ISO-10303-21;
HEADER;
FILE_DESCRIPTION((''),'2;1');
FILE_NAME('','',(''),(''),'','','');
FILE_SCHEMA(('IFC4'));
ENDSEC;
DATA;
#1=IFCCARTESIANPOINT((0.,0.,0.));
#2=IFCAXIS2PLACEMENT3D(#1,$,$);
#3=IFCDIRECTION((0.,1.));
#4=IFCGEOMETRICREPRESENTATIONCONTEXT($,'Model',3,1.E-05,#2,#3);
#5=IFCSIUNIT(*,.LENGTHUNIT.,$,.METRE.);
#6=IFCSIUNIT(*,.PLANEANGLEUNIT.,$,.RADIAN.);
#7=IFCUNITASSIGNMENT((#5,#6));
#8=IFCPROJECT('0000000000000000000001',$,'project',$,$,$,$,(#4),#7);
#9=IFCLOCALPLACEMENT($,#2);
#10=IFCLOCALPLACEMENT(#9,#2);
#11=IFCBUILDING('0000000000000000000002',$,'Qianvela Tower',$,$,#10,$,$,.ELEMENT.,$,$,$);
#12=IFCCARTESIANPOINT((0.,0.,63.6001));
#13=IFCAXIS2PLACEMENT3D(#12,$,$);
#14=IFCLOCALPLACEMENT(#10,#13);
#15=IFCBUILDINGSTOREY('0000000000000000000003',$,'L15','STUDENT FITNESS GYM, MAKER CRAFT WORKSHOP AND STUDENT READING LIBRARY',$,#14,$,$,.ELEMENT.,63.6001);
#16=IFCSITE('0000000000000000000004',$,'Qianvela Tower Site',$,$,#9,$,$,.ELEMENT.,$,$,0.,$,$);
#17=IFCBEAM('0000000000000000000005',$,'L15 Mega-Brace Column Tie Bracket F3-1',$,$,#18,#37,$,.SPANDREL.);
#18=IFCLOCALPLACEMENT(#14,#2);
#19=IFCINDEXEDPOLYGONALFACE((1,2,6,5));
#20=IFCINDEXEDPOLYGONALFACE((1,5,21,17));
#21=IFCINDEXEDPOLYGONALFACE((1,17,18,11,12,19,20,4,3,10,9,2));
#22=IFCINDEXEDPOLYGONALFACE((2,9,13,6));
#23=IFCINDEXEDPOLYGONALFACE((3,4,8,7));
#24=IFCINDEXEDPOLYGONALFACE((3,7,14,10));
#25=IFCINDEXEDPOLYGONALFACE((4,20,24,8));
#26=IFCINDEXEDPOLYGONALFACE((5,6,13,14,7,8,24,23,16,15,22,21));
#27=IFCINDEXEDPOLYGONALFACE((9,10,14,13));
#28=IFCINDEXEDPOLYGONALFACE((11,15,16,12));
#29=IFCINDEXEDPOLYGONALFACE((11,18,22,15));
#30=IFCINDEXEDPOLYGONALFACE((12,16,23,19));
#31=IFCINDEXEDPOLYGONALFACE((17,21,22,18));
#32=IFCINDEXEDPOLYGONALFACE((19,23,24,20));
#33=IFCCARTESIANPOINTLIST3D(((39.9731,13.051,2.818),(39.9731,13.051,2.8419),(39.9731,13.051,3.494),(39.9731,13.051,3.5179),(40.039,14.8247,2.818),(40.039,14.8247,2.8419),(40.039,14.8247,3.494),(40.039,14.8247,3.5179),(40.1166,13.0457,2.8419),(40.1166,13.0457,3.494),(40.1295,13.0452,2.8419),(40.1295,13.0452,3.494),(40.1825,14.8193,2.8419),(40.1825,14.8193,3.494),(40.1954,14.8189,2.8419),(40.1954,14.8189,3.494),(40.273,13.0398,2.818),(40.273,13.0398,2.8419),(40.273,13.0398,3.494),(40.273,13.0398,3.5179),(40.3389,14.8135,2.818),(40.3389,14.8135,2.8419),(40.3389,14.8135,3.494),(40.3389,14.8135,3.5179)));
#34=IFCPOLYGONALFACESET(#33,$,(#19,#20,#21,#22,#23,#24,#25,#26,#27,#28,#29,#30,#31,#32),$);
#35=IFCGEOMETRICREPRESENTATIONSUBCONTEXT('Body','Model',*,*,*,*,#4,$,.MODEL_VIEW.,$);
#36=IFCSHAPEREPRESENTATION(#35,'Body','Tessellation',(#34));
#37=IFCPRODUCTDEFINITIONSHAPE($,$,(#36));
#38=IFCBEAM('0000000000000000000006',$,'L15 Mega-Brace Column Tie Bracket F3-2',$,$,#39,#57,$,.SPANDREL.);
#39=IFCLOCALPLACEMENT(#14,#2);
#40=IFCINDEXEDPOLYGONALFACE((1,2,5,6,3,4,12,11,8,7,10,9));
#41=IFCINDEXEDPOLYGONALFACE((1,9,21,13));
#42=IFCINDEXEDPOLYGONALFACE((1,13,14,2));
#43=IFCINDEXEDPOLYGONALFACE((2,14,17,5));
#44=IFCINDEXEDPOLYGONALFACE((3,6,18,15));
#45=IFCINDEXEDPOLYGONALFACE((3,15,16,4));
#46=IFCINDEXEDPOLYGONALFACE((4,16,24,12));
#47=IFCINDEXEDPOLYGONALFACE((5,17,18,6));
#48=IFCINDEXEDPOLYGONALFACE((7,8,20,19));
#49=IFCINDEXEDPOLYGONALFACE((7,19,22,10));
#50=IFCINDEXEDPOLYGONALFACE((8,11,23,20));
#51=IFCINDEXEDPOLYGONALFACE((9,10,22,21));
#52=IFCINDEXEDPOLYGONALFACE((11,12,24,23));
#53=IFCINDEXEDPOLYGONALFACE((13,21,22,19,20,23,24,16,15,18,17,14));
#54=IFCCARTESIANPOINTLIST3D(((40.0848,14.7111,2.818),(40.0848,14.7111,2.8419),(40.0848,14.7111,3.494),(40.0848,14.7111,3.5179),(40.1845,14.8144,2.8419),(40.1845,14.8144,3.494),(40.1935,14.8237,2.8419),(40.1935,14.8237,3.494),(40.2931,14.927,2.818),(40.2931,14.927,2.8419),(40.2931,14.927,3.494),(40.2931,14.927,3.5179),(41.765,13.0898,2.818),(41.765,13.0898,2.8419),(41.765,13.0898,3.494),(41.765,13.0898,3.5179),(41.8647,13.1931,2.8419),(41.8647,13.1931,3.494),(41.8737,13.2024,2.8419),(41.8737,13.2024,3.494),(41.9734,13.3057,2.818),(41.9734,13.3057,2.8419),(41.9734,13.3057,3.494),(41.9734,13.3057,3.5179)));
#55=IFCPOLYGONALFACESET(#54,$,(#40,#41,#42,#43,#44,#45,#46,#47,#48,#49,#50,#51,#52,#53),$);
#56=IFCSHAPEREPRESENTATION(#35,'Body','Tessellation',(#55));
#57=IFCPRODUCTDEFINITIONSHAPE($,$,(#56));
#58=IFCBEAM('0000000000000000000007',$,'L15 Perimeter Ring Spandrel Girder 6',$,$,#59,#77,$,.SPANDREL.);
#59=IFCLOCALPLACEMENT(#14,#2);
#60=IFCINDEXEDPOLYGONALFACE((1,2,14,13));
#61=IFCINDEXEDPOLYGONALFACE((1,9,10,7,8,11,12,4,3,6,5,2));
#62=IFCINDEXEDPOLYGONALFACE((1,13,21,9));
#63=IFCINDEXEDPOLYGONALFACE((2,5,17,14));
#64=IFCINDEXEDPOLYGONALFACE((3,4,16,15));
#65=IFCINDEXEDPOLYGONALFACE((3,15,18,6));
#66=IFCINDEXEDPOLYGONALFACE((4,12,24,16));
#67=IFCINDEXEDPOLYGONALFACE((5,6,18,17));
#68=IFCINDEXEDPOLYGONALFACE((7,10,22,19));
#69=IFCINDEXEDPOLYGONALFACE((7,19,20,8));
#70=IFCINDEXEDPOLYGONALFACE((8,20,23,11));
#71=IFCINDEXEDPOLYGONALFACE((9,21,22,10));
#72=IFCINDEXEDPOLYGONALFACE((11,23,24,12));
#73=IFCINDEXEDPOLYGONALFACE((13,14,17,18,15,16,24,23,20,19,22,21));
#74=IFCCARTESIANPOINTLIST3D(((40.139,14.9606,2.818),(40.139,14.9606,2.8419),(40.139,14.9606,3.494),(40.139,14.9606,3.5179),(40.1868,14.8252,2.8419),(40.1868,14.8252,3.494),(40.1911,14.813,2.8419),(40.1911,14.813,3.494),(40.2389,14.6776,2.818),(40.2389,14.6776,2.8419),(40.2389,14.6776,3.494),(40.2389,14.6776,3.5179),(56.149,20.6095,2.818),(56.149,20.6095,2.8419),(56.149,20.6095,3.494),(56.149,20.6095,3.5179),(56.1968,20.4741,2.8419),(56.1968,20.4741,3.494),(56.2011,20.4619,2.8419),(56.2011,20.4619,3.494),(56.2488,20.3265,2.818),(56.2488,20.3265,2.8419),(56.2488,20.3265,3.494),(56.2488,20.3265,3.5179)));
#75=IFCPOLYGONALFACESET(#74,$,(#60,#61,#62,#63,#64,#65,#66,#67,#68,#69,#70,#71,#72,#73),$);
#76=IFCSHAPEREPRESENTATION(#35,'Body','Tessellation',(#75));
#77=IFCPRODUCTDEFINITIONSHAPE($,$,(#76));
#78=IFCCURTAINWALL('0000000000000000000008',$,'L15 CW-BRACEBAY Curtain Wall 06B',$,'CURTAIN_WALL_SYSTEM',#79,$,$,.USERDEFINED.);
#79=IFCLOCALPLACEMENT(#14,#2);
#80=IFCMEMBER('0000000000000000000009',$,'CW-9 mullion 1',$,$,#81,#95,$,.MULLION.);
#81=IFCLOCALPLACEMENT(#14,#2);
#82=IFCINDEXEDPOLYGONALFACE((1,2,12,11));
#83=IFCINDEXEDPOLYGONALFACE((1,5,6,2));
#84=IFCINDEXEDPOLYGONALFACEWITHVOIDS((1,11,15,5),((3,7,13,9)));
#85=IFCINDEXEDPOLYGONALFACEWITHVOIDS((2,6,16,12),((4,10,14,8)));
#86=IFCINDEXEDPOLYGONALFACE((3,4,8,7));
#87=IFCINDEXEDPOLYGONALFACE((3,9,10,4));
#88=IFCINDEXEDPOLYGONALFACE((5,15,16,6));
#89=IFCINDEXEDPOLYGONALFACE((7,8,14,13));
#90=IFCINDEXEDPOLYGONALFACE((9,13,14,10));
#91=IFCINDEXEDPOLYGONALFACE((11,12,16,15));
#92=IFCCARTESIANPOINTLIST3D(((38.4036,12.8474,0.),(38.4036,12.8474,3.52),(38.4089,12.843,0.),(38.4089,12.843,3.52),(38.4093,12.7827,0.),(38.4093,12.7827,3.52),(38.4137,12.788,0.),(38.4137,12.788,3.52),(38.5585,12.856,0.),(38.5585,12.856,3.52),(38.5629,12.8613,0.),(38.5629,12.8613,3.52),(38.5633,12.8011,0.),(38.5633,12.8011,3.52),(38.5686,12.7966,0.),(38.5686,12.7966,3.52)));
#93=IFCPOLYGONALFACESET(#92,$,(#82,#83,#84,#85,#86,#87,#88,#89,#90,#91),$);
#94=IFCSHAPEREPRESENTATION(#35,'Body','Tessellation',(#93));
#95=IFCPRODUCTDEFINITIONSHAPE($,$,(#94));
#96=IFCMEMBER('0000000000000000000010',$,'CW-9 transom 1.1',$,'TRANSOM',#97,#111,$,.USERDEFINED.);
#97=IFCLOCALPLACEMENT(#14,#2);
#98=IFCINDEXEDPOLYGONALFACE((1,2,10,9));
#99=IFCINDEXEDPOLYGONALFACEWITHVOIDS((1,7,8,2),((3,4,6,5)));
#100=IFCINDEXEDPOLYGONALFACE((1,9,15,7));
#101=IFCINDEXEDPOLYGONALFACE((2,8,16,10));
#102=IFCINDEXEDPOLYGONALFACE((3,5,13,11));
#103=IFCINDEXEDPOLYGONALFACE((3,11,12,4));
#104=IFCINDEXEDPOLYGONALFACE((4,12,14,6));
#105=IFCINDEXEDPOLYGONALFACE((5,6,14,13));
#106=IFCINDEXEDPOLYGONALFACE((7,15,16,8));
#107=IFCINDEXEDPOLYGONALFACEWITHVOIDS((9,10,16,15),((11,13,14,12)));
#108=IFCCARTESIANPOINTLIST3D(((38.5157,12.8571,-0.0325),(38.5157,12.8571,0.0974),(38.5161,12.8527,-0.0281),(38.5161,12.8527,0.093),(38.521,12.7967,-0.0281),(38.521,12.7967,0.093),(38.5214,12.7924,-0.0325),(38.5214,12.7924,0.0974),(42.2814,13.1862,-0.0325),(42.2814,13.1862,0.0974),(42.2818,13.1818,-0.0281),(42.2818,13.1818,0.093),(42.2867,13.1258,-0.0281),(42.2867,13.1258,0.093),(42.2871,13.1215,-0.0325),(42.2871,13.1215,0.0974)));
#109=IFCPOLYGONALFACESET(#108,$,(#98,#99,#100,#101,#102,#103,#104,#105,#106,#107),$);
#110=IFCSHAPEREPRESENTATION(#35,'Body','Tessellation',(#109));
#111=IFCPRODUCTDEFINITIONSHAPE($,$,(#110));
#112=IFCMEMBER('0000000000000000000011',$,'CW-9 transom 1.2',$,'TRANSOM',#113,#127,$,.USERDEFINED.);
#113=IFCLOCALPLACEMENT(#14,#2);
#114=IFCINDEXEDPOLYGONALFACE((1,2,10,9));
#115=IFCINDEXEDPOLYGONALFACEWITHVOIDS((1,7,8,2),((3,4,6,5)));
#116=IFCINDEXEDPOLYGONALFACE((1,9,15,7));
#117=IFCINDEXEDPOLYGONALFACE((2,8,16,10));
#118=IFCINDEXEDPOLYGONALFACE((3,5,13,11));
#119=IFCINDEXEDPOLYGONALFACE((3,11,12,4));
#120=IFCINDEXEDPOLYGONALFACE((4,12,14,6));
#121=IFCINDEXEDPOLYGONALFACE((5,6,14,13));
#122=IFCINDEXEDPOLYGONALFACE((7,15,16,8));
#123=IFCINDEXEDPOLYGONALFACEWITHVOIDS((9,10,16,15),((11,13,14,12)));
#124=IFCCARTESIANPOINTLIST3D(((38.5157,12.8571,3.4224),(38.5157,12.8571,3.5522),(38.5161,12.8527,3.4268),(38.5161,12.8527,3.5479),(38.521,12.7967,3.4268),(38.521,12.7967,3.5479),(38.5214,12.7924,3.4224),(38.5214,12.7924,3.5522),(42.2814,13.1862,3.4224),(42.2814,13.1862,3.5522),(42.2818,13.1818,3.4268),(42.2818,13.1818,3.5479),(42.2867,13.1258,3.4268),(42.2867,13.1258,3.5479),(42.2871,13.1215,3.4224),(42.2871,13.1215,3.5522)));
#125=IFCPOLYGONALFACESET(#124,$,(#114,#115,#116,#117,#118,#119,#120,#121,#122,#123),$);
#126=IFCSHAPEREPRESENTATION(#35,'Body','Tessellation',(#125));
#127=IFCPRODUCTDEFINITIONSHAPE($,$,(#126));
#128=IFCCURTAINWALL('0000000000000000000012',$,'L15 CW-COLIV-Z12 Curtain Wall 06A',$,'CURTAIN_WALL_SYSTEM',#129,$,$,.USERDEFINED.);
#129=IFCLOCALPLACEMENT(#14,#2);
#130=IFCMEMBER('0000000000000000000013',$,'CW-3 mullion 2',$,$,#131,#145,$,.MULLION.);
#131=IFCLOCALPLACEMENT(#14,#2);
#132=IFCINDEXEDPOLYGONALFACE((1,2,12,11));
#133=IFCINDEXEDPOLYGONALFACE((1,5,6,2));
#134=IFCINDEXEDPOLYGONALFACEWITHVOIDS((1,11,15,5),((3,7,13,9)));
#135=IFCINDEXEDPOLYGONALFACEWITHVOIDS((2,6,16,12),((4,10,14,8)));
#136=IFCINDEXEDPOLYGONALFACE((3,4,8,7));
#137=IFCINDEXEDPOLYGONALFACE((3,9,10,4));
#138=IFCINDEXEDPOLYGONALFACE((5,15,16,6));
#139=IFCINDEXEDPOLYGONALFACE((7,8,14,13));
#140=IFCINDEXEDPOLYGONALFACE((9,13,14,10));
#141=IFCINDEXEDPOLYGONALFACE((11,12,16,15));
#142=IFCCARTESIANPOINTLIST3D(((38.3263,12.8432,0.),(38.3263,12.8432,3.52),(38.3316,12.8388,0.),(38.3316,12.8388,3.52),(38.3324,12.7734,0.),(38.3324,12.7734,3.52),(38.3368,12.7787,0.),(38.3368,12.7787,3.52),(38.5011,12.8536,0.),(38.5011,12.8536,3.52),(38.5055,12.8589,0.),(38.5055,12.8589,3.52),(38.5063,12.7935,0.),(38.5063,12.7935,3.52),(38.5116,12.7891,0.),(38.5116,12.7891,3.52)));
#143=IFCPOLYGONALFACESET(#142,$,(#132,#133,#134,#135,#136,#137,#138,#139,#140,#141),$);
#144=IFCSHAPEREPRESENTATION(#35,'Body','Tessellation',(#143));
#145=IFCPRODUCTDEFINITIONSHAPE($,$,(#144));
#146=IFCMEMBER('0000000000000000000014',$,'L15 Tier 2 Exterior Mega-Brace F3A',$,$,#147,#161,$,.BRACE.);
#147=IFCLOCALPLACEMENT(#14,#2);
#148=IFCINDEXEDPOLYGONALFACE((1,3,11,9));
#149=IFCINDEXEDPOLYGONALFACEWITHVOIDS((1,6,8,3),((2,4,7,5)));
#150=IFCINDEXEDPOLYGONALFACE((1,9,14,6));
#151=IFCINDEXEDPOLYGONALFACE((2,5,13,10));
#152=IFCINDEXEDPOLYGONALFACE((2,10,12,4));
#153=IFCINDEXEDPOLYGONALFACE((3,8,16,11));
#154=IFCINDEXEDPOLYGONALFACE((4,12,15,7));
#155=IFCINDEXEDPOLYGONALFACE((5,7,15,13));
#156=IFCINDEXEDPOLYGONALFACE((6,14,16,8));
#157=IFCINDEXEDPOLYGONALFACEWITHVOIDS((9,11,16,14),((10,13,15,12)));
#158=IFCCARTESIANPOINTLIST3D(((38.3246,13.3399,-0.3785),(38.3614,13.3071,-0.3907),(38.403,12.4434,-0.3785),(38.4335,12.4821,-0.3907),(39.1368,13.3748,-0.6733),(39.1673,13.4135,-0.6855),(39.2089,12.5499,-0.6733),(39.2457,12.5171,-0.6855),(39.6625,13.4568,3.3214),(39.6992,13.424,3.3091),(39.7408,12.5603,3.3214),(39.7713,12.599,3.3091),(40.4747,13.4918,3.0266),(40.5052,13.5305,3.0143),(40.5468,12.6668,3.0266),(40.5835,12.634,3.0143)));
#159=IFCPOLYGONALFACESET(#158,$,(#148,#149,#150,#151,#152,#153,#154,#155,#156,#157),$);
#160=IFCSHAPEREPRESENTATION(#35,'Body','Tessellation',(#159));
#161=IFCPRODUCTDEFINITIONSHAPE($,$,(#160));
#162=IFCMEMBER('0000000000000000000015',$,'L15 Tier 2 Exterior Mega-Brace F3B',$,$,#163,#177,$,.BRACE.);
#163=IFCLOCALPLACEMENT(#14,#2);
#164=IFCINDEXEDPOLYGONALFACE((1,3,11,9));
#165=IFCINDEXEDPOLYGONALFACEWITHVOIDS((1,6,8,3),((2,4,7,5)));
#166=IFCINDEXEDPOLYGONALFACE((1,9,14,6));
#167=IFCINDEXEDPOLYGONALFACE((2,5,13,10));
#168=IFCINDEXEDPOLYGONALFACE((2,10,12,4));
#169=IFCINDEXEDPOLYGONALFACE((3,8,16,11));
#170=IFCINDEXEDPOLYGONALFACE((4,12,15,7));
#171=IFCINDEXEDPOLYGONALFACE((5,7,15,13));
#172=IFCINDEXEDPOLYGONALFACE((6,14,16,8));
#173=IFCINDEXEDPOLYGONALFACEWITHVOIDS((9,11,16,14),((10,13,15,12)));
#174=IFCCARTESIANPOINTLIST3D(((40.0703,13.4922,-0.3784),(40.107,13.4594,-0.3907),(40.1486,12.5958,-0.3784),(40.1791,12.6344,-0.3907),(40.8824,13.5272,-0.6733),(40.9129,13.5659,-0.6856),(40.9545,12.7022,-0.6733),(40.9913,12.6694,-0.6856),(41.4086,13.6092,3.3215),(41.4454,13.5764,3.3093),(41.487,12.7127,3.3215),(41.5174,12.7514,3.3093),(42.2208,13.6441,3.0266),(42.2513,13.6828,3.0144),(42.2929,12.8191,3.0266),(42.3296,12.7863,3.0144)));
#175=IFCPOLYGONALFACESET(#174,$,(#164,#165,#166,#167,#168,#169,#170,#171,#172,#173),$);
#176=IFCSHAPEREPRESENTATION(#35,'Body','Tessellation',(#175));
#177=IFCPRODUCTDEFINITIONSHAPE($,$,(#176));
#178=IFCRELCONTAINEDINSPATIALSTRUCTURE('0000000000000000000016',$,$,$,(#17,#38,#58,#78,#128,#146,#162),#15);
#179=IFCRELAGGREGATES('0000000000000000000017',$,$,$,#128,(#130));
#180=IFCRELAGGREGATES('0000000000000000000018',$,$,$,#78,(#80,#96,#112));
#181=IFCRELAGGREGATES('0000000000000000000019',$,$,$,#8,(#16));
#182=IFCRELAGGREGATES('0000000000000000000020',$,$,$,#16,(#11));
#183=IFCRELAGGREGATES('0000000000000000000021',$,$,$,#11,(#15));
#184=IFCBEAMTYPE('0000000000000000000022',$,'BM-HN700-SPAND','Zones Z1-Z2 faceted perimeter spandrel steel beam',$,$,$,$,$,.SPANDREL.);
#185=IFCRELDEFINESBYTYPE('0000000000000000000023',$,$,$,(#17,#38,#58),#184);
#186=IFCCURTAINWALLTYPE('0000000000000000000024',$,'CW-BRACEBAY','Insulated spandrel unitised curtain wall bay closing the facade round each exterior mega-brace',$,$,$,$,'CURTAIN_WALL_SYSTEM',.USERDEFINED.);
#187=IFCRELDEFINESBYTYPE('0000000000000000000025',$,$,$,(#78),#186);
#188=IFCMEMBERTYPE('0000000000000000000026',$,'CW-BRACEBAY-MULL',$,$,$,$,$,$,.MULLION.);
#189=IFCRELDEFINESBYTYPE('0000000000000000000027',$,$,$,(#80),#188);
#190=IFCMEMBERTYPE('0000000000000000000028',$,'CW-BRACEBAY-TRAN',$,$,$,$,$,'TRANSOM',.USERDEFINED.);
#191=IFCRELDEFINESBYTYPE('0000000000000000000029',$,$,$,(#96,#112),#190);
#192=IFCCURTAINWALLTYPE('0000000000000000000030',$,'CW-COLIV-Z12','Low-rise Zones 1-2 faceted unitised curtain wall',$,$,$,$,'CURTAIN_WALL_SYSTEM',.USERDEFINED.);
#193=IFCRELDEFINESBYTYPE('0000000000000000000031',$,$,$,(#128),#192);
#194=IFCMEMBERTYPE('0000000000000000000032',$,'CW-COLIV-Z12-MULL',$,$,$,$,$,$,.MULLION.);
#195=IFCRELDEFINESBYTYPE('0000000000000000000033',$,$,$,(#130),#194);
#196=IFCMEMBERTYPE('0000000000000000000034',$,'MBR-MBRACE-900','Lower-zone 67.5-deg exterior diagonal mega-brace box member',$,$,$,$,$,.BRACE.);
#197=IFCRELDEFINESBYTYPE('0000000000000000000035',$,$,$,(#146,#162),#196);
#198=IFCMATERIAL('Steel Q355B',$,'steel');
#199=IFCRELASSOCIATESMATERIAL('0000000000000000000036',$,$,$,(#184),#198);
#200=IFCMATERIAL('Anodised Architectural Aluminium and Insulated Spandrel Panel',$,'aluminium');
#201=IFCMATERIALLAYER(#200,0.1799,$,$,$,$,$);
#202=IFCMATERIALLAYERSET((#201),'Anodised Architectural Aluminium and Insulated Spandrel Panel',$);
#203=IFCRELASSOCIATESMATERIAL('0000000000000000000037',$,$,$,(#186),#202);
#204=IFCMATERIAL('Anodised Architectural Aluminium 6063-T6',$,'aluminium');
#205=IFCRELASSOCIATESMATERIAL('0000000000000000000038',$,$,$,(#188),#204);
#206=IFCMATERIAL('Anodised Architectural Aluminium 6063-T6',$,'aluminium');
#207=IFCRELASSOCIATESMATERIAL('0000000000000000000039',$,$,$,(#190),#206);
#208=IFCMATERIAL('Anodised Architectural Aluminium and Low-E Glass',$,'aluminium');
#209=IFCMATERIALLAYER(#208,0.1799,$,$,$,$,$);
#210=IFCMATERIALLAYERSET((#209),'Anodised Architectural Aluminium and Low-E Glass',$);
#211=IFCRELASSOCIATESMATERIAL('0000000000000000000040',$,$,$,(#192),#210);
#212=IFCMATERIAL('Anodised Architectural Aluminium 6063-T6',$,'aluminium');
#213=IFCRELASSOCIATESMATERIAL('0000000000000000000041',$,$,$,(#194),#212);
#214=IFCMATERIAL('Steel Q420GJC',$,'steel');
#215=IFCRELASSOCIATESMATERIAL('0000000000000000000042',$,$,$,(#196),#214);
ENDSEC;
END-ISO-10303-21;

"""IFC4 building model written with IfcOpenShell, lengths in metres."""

from ifc_helpers import new_model, si_unit, direction, frame, origin, origin_2d, place, context, subcontext, project, spatial, hollow_rectangle, i_section, extrude, material, layer, layer_set, material_profile, profile_set, type_object, element, aggregate, save


model = new_model("IFC4")

# Units and contexts
model_context = context("Model", 3, precision=1e-05, world=origin(), true_north=direction((0.0, 1.0)))
body_context = subcontext(model_context, "Body", "Model", "MODEL_VIEW")
ifc_project = project(units=[si_unit("LENGTHUNIT", "METRE"), si_unit("PLANEANGLEUNIT", "RADIAN")], contexts=[model_context])

# Site, building, storey
site_placement = place(None, origin())
site = spatial("IfcSite", under=ifc_project, at=site_placement, Name="Qianvela Tower Site", CompositionType="ELEMENT", RefElevation=0.0)
building_placement = place(site_placement, origin())
building = spatial("IfcBuilding", under=site, at=building_placement, Name="Qianvela Tower", CompositionType="ELEMENT")
storey_placement = place(building_placement, frame((0.0, 0.0, 63.6001)))
storey = spatial("IfcBuildingStorey", under=building, at=storey_placement, Name="L15", Description="STUDENT FITNESS GYM, MAKER CRAFT WORKSHOP AND STUDENT READING LIBRARY", CompositionType="ELEMENT", Elevation=63.6001)

# Beams
ifc_material_1 = material(Name="Steel Q355B", Category="steel")
ifc_material_profile_1 = material_profile(ifc_material_1, i_section(OverallWidth=0.3, OverallDepth=0.7, WebThickness=0.0129, FlangeThickness=0.0239, at=origin_2d()), Name="HN700x300x13x24")
ifc_profile_set_1 = profile_set([ifc_material_profile_1], Name="Steel Q355B")
beam_type_1 = type_object("IfcBeamType", Name="BM-HN700-SPAND", Description="Zones Z1-Z2 faceted perimeter spandrel steel beam", PredefinedType="SPANDREL", material=ifc_profile_set_1)
beam_1_placement = place(storey_placement, frame((40.189, 14.8191, 3.168), z_axis=(-0.037139, -0.99931, 0.0), x_axis=(0.99931, -0.037139, 0.0)))
element("IfcBeam", 1, at=beam_1_placement, inside=storey, type_object=beam_type_1, Name="L15 Mega-Brace Column Tie Bracket F3-1", PredefinedType="SPANDREL", context=body_context, shape_type="SweptSolid", body=[
    extrude(i_section(OverallWidth=0.3, OverallDepth=0.7, WebThickness=0.0129, FlangeThickness=0.0239, at=origin_2d()), origin(), (0.0, 0.0, 1.0), 1.7749),
])
beam_2_placement = place(storey_placement, frame((40.189, 14.8191, 3.168), z_axis=(0.719594, -0.694395, 0.0), x_axis=(0.694395, 0.719594, 0.0)))
element("IfcBeam", 2, at=beam_2_placement, inside=storey, type_object=beam_type_1, Name="L15 Mega-Brace Column Tie Bracket F3-2", PredefinedType="SPANDREL", context=body_context, shape_type="SweptSolid", body=[
    extrude(i_section(OverallWidth=0.3, OverallDepth=0.7, WebThickness=0.0129, FlangeThickness=0.0239, at=origin_2d()), origin(), (0.0, 0.0, 1.0), 2.335),
])
beam_3_placement = place(storey_placement, frame((40.189, 14.8191, 3.168), z_axis=(0.943021, 0.332733, 0.0), x_axis=(-0.332733, 0.943021, 0.0)))
element("IfcBeam", 3, at=beam_3_placement, inside=storey, type_object=beam_type_1, Name="L15 Perimeter Ring Spandrel Girder 6", PredefinedType="SPANDREL", context=body_context, shape_type="SweptSolid", body=[
    extrude(i_section(OverallWidth=0.3, OverallDepth=0.7, WebThickness=0.0129, FlangeThickness=0.0239, at=origin_2d()), origin(), (0.0, 0.0, 1.0), 16.9773),
])

# Curtain wall, members
ifc_material_2 = material(Name="Anodised Architectural Aluminium and Insulated Spandrel Panel", Category="aluminium")
ifc_layer_1 = layer(ifc_material_2, 0.1799)
ifc_layer_set_1 = layer_set([ifc_layer_1], Name="Anodised Architectural Aluminium and Insulated Spandrel Panel")
curtain_wall_type_1 = type_object("IfcCurtainWallType", Name="CW-BRACEBAY", Description="Insulated spandrel unitised curtain wall bay closing the facade round each exterior mega-brace", ElementType="CURTAIN_WALL_SYSTEM", PredefinedType="USERDEFINED", material=ifc_layer_set_1)
curtain_wall_1_placement = place(storey_placement, origin())
curtain_wall_1 = element("IfcCurtainWall", 4, at=curtain_wall_1_placement, inside=storey, type_object=curtain_wall_type_1, Name="L15 CW-BRACEBAY Curtain Wall 06B", ObjectType="CURTAIN_WALL_SYSTEM", PredefinedType="USERDEFINED")
ifc_material_3 = material(Name="Anodised Architectural Aluminium 6063-T6", Category="aluminium")
ifc_material_profile_2 = material_profile(ifc_material_3, hollow_rectangle(XDim=0.0649, YDim=0.1599, WallThickness=0.0049, at=origin_2d()), Name="ALU-MULL-65x160")
ifc_profile_set_2 = profile_set([ifc_material_profile_2], Name="Anodised Architectural Aluminium 6063-T6")
member_type_1 = type_object("IfcMemberType", Name="CW-BRACEBAY-MULL", PredefinedType="MULLION", material=ifc_profile_set_2)
member_1_placement = place(storey_placement, frame((38.4861, 12.822, 0.0), z_axis=(0.0, 0.0, 1.0), x_axis=(-0.087032, 0.996205, 0.0)))
member_1 = element("IfcMember", 5, at=member_1_placement, type_object=member_type_1, Name="CW-9 mullion 1", PredefinedType="MULLION", context=body_context, shape_type="SweptSolid", body=[
    extrude(hollow_rectangle(XDim=0.0649, YDim=0.1599, WallThickness=0.0049, at=origin_2d()), origin(), (0.0, 0.0, 1.0), 3.52),
])
ifc_material_4 = material(Name="Anodised Architectural Aluminium 6063-T6", Category="aluminium")
ifc_material_profile_3 = material_profile(ifc_material_4, hollow_rectangle(XDim=0.0649, YDim=0.1299, WallThickness=0.0044, at=origin_2d()), Name="ALU-TRAN-65x130")
ifc_profile_set_3 = profile_set([ifc_material_profile_3], Name="Anodised Architectural Aluminium 6063-T6")
member_type_2 = type_object("IfcMemberType", Name="CW-BRACEBAY-TRAN", ElementType="TRANSOM", PredefinedType="USERDEFINED", material=ifc_profile_set_3)
member_2_placement = place(storey_placement, frame((38.5186, 12.8247, 0.0325), z_axis=(0.996203, 0.087064, 0.0), x_axis=(-0.087064, 0.996203, 0.0)))
member_2 = element("IfcMember", 6, at=member_2_placement, type_object=member_type_2, Name="CW-9 transom 1.1", ObjectType="TRANSOM", PredefinedType="USERDEFINED", context=body_context, shape_type="SweptSolid", body=[
    extrude(hollow_rectangle(XDim=0.0649, YDim=0.1299, WallThickness=0.0044, at=origin_2d()), origin(), (0.0, 0.0, 1.0), 3.78),
])
member_3_placement = place(storey_placement, frame((38.5186, 12.8247, 3.4873), z_axis=(0.996203, 0.087064, 0.0), x_axis=(-0.087064, 0.996203, 0.0)))
member_3 = element("IfcMember", 7, at=member_3_placement, type_object=member_type_2, Name="CW-9 transom 1.2", ObjectType="TRANSOM", PredefinedType="USERDEFINED", context=body_context, shape_type="SweptSolid", body=[
    extrude(hollow_rectangle(XDim=0.0649, YDim=0.1299, WallThickness=0.0044, at=origin_2d()), origin(), (0.0, 0.0, 1.0), 3.78),
])

# Curtain wall, member
ifc_material_5 = material(Name="Anodised Architectural Aluminium and Low-E Glass", Category="aluminium")
ifc_layer_2 = layer(ifc_material_5, 0.1799)
ifc_layer_set_2 = layer_set([ifc_layer_2], Name="Anodised Architectural Aluminium and Low-E Glass")
curtain_wall_type_2 = type_object("IfcCurtainWallType", Name="CW-COLIV-Z12", Description="Low-rise Zones 1-2 faceted unitised curtain wall", ElementType="CURTAIN_WALL_SYSTEM", PredefinedType="USERDEFINED", material=ifc_layer_set_2)
curtain_wall_2_placement = place(storey_placement, origin())
curtain_wall_2 = element("IfcCurtainWall", 8, at=curtain_wall_2_placement, inside=storey, type_object=curtain_wall_type_2, Name="L15 CW-COLIV-Z12 Curtain Wall 06A", ObjectType="CURTAIN_WALL_SYSTEM", PredefinedType="USERDEFINED")
ifc_material_6 = material(Name="Anodised Architectural Aluminium 6063-T6", Category="aluminium")
ifc_material_profile_4 = material_profile(ifc_material_6, hollow_rectangle(XDim=0.0701, YDim=0.1799, WallThickness=0.0049, at=origin_2d()), Name="ALU-MULL-70x180")
ifc_profile_set_4 = profile_set([ifc_material_profile_4], Name="Anodised Architectural Aluminium 6063-T6")
member_type_3 = type_object("IfcMemberType", Name="CW-COLIV-Z12-MULL", PredefinedType="MULLION", material=ifc_profile_set_4)
member_4_placement = place(storey_placement, frame((38.4189, 12.8162, 0.0), z_axis=(0.0, 0.0, 1.0), x_axis=(-0.087028, 0.996206, 0.0)))
member_4 = element("IfcMember", 9, at=member_4_placement, type_object=member_type_3, Name="CW-3 mullion 2", PredefinedType="MULLION", context=body_context, shape_type="SweptSolid", body=[
    extrude(hollow_rectangle(XDim=0.0701, YDim=0.1799, WallThickness=0.0049, at=origin_2d()), origin(), (0.0, 0.0, 1.0), 3.52),
])
aggregate(curtain_wall_2, [member_4])

# Members
ifc_material_7 = material(Name="Steel Q420GJC", Category="steel")
ifc_material_profile_5 = material_profile(ifc_material_7, hollow_rectangle(XDim=0.8999, YDim=0.8999, WallThickness=0.0359, at=origin_2d()), Name="MBOX-900x900x36")
ifc_profile_set_5 = profile_set([ifc_material_profile_5], Name="Steel Q420GJC")
member_type_4 = type_object("IfcMemberType", Name="MBR-MBRACE-900", Description="Lower-zone 67.5-deg exterior diagonal mega-brace box member", PredefinedType="BRACE", material=ifc_profile_set_5)
member_5_placement = place(storey_placement, frame((38.7852, 12.9285, -0.532), z_axis=(0.339898, 0.02971, 0.939993), x_axis=(-0.087077, 0.996202, 0.0)))
element("IfcMember", 10, at=member_5_placement, inside=storey, type_object=member_type_4, Name="L15 Tier 2 Exterior Mega-Brace F3A", PredefinedType="BRACE", context=body_context, shape_type="SweptSolid", body=[
    extrude(hollow_rectangle(XDim=0.8999, YDim=0.8999, WallThickness=0.0359, at=origin_2d()), origin(), (0.0, 0.0, 1.0), 3.936),
])
member_6_placement = place(storey_placement, frame((40.5308, 13.0808, -0.532), z_axis=(0.340008, 0.029709, 0.939953), x_axis=(-0.087045, 0.996204, 0.0)))
element("IfcMember", 11, at=member_6_placement, inside=storey, type_object=member_type_4, Name="L15 Tier 2 Exterior Mega-Brace F3B", PredefinedType="BRACE", context=body_context, shape_type="SweptSolid", body=[
    extrude(hollow_rectangle(XDim=0.8999, YDim=0.8999, WallThickness=0.0359, at=origin_2d()), origin(), (0.0, 0.0, 1.0), 3.9363),
])

aggregate(curtain_wall_1, [member_1, member_2, member_3])

save(model, "model.ifc")
